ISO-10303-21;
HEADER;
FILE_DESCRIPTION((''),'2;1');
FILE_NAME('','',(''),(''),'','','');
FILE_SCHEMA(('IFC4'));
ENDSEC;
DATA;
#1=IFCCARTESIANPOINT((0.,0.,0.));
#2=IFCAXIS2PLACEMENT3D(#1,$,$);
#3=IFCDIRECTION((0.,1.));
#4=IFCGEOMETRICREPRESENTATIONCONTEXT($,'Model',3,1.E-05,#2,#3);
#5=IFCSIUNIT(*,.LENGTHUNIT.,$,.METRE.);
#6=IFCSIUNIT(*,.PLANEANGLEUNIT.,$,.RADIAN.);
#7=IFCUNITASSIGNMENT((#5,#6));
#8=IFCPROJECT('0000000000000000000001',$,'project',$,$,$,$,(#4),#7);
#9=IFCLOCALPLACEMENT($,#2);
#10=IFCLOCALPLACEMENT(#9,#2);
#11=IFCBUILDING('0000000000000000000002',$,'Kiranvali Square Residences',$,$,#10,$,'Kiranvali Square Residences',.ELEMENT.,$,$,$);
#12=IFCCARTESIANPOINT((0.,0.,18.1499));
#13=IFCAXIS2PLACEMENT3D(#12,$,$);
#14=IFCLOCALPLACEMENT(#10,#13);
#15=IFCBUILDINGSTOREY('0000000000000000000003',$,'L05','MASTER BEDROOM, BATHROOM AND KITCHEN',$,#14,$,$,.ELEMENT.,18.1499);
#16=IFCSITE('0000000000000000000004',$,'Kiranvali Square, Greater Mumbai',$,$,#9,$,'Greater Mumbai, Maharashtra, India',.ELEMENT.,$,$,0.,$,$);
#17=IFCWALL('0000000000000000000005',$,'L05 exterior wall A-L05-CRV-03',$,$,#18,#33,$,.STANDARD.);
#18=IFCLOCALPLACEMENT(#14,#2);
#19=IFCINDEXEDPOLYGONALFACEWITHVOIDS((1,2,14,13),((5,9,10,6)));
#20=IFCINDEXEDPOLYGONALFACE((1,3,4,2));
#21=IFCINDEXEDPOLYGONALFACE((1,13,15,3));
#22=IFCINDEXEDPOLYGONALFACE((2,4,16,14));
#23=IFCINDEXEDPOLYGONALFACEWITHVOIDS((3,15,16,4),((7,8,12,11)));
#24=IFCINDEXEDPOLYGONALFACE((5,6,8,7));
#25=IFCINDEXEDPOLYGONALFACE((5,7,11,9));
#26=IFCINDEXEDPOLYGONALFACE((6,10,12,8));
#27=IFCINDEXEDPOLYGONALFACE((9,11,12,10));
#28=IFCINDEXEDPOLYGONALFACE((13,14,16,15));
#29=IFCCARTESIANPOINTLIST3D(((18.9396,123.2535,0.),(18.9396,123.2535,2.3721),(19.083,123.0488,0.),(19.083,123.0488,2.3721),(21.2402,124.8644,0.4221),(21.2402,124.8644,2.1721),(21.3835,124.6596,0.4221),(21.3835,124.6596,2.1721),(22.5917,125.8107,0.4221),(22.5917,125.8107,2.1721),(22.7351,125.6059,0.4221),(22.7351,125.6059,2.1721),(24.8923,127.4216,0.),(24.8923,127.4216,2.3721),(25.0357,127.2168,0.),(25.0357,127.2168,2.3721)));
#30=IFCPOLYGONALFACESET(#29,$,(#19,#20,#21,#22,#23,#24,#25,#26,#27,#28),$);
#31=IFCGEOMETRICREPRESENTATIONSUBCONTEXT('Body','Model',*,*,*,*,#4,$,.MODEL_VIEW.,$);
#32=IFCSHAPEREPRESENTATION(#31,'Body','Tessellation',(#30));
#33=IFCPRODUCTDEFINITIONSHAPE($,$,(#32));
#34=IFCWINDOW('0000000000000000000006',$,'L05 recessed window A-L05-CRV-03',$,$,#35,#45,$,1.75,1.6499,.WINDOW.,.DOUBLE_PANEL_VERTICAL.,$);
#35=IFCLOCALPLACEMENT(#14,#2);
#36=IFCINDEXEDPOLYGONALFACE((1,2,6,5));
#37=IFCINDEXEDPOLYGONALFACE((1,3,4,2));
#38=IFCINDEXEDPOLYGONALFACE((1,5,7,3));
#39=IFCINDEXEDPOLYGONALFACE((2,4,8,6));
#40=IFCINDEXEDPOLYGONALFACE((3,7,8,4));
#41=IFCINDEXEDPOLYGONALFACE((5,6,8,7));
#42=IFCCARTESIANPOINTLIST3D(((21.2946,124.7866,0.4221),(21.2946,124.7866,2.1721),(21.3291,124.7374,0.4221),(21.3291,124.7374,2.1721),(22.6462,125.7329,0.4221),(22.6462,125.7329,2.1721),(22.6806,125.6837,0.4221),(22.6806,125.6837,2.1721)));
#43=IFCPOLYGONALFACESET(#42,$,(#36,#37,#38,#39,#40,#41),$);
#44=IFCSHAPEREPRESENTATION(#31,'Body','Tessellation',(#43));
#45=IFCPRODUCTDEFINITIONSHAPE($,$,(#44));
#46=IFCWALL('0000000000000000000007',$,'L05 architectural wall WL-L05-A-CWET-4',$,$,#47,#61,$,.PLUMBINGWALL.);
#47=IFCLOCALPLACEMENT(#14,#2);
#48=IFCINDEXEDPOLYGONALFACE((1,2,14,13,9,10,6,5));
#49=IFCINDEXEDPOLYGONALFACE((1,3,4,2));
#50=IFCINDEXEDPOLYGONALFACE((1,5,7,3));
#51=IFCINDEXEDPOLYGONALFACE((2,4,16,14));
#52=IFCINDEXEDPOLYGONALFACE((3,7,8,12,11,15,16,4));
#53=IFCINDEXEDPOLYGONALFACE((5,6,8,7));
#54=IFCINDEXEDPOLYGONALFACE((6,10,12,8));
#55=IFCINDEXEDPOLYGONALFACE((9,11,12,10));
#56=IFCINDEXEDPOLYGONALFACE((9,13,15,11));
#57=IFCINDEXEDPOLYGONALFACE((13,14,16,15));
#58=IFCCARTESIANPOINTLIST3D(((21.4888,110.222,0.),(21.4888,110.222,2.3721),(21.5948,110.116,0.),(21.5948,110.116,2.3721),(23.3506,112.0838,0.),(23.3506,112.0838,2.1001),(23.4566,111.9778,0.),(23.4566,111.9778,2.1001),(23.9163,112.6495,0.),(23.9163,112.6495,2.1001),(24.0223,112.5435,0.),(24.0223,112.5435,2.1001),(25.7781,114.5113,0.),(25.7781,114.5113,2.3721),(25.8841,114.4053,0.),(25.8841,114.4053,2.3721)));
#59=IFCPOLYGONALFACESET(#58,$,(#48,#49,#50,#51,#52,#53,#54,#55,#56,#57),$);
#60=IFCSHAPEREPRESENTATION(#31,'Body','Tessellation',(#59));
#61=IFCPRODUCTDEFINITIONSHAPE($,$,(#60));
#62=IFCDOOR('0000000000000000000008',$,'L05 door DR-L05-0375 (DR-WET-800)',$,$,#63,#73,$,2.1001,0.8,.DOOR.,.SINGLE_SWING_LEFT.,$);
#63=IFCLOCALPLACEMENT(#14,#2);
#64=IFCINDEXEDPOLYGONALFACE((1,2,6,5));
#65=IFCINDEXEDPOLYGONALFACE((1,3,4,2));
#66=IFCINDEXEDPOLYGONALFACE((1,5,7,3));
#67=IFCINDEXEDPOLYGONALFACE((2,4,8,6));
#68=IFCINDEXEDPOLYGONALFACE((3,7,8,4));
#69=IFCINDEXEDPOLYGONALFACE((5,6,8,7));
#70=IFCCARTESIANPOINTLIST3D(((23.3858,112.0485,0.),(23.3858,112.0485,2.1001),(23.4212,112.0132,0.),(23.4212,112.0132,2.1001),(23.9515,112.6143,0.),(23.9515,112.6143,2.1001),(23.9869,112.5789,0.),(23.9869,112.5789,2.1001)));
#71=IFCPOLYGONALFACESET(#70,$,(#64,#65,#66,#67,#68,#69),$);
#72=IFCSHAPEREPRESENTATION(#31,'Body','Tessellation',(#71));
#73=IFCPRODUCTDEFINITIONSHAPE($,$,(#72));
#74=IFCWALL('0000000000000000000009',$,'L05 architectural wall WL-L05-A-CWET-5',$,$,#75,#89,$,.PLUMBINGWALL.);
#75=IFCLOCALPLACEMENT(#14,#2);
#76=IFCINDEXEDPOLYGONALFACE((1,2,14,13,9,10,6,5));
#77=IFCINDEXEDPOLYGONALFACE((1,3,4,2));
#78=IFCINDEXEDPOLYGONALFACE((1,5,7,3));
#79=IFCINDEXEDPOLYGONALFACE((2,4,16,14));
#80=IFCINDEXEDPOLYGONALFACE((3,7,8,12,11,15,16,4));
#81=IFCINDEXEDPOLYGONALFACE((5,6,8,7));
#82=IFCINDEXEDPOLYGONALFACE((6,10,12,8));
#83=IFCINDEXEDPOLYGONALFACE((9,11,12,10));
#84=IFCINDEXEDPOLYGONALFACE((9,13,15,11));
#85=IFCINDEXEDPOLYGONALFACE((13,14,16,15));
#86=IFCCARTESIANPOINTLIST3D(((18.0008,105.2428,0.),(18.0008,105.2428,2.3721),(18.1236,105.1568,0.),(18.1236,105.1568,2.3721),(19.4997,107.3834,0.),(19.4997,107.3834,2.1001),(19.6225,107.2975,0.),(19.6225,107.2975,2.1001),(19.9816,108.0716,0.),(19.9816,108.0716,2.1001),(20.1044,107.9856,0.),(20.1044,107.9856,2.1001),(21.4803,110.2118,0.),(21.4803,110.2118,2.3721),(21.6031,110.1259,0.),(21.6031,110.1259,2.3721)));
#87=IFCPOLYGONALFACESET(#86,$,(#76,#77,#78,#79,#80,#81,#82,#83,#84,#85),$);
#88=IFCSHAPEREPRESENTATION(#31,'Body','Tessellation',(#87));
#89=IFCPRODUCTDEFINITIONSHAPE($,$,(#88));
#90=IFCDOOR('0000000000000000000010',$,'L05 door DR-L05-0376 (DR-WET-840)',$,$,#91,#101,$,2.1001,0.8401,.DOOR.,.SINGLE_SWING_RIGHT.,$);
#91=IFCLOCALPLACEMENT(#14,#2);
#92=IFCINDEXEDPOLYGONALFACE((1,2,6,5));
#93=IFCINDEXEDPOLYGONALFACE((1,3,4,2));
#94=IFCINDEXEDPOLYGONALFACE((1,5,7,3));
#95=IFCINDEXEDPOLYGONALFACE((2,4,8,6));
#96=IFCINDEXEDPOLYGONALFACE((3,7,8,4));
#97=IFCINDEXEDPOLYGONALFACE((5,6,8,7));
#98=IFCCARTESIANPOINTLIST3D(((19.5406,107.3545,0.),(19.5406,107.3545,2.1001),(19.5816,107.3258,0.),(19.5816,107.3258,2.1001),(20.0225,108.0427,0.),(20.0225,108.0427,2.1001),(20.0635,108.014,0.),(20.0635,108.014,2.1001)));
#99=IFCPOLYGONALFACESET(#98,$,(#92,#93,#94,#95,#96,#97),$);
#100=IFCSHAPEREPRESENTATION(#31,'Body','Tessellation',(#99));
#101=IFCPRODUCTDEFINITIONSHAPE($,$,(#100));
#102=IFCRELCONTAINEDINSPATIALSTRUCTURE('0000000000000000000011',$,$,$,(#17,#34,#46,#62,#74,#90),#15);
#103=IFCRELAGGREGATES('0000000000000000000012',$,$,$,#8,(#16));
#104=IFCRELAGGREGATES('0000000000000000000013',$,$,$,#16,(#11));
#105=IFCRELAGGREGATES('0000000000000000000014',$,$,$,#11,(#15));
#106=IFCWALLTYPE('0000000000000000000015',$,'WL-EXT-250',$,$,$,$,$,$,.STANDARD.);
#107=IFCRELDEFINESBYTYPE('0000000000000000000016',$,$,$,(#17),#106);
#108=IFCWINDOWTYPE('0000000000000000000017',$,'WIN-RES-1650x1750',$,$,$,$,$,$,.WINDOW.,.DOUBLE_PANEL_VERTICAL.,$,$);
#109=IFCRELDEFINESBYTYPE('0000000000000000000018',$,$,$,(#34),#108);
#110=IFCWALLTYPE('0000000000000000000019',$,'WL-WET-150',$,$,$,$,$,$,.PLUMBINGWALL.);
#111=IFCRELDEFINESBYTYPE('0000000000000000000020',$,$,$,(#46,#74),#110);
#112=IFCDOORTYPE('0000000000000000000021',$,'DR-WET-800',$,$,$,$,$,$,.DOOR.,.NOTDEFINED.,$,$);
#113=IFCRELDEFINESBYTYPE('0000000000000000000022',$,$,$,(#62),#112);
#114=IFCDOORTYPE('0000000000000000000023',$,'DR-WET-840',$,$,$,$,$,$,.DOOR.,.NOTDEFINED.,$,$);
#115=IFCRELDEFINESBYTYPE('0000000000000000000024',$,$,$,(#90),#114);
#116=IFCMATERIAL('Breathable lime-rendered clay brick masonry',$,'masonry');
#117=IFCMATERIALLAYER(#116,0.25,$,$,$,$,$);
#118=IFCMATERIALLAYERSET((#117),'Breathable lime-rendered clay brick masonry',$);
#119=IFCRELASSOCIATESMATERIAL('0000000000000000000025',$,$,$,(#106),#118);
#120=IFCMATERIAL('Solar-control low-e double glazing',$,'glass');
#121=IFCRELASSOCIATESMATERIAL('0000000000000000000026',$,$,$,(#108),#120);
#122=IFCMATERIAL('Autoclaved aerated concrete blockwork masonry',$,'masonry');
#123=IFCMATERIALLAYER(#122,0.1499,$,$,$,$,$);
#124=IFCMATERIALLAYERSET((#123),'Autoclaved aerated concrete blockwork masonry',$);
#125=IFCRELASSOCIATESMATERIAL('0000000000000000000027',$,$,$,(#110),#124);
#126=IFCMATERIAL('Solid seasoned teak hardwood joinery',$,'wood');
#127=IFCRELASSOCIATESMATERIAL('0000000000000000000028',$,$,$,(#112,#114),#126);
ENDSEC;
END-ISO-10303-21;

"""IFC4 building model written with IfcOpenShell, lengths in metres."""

from ifc_helpers import new_model, si_unit, direction, frame, frame_2d, origin, place, context, subcontext, project, spatial, rectangle, extrude, material, layer, layer_set, type_object, element, fill, save


model = new_model("IFC4")

# Units and contexts
model_context = context("Model", 3, precision=1e-05, world=origin(), true_north=direction((0.0, 1.0)))
body_context = subcontext(model_context, "Body", "Model", "MODEL_VIEW")
ifc_project = project(units=[si_unit("LENGTHUNIT", "METRE"), si_unit("PLANEANGLEUNIT", "RADIAN")], contexts=[model_context])

# Site, building, storey
site_placement = place(None, origin())
site = spatial("IfcSite", under=ifc_project, at=site_placement, Name="Kiranvali Square, Greater Mumbai", LongName="Greater Mumbai, Maharashtra, India", CompositionType="ELEMENT", RefElevation=0.0)
building_placement = place(site_placement, origin())
building = spatial("IfcBuilding", under=site, at=building_placement, Name="Kiranvali Square Residences", LongName="Kiranvali Square Residences", CompositionType="ELEMENT")
storey_placement = place(building_placement, frame((0.0, 0.0, 18.1499)))
storey = spatial("IfcBuildingStorey", under=building, at=storey_placement, Name="L05", Description="MASTER BEDROOM, BATHROOM AND KITCHEN", CompositionType="ELEMENT", Elevation=18.1499)

# Wall, opening, window
ifc_material_1 = material(Name="Breathable lime-rendered clay brick masonry", Category="masonry")
ifc_layer_1 = layer(ifc_material_1, 0.25)
ifc_layer_set_1 = layer_set([ifc_layer_1], Name="Breathable lime-rendered clay brick masonry")
wall_type_1 = type_object("IfcWallType", Name="WL-EXT-250", PredefinedType="STANDARD", material=ifc_layer_set_1)
wall_1_placement = place(storey_placement, frame((24.9639, 127.3191, 0.0), z_axis=(0.0, 0.0, 1.0), x_axis=(-0.819159, -0.573566, 0.0)))
wall_1 = element("IfcWall", 1, at=wall_1_placement, inside=storey, type_object=wall_type_1, Name="L05 exterior wall A-L05-CRV-03", PredefinedType="STANDARD", context=body_context, shape_type="SweptSolid", body=[
    extrude(rectangle(XDim=7.2668, YDim=0.25, at=frame_2d((3.6333, 0.0))), origin(), (0.0, 0.0, 1.0), 2.3721),
])
opening_1_placement = place(wall_1_placement, frame((2.8083, 0.0, 0.4221)))
opening_1 = element("IfcOpeningElement", 2, at=opening_1_placement, cuts=wall_1, PredefinedType="OPENING", context=body_context, shape_type="SweptSolid", body=[
    extrude(rectangle(XDim=1.6499, YDim=1.75, at=frame_2d((0.825, 0.875))), frame((0.0, 0.135, 0.0), z_axis=(0.0, -1.0, 0.0), x_axis=(1.0, 0.0, 0.0)), (0.0, 0.0, 1.0), 0.27),
])
ifc_material_2 = material(Name="Solar-control low-e double glazing", Category="glass")
window_type = type_object("IfcWindowType", Name="WIN-RES-1650x1750", PartitioningType="DOUBLE_PANEL_VERTICAL", PredefinedType="WINDOW", material=ifc_material_2)
window_placement = place(opening_1_placement, origin())
window = element("IfcWindow", 3, at=window_placement, inside=storey, type_object=window_type, Name="L05 recessed window A-L05-CRV-03", OverallHeight=1.75, OverallWidth=1.6499, PartitioningType="DOUBLE_PANEL_VERTICAL", PredefinedType="WINDOW", context=body_context, shape_type="SweptSolid", body=[
    extrude(rectangle(XDim=1.6499, YDim=1.75, at=frame_2d((0.825, 0.875))), frame((0.0, 0.03, 0.0), z_axis=(0.0, -1.0, 0.0), x_axis=(1.0, 0.0, 0.0)), (0.0, 0.0, 1.0), 0.0601),
])
fill(opening_1, window)

# Walls, openings, doors
ifc_material_3 = material(Name="Autoclaved aerated concrete blockwork masonry", Category="masonry")
ifc_layer_2 = layer(ifc_material_3, 0.1499)
ifc_layer_set_2 = layer_set([ifc_layer_2], Name="Autoclaved aerated concrete blockwork masonry")
wall_type_2 = type_object("IfcWallType", Name="WL-WET-150", PredefinedType="PLUMBINGWALL", material=ifc_layer_set_2)
wall_2_placement = place(storey_placement, frame((25.8311, 114.4583, 0.0), z_axis=(0.0, 0.0, 1.0), x_axis=(-0.707107, -0.707107, 0.0)))
wall_2 = element("IfcWall", 4, at=wall_2_placement, inside=storey, type_object=wall_type_2, Name="L05 architectural wall WL-L05-A-CWET-4", PredefinedType="PLUMBINGWALL", context=body_context, shape_type="SweptSolid", body=[
    extrude(rectangle(XDim=6.0659, YDim=0.1499, at=frame_2d((3.033, 0.0))), origin(), (0.0, 0.0, 1.0), 2.3721),
])
opening_2_placement = place(wall_2_placement, frame((2.6331, 0.0, 0.0)))
opening_2 = element("IfcOpeningElement", 5, at=opening_2_placement, cuts=wall_2, PredefinedType="OPENING", context=body_context, shape_type="SweptSolid", body=[
    extrude(rectangle(XDim=0.8, YDim=2.1001, at=frame_2d((0.3999, 1.05))), frame((0.0, 0.085, 0.0), z_axis=(0.0, -1.0, 0.0), x_axis=(1.0, 0.0, 0.0)), (0.0, 0.0, 1.0), 0.1699),
])
ifc_material_4 = material(Name="Solid seasoned teak hardwood joinery", Category="wood")
door_type_1 = type_object("IfcDoorType", Name="DR-WET-800", OperationType="NOTDEFINED", PredefinedType="DOOR", material=ifc_material_4)
door_1_placement = place(opening_2_placement, origin())
door_1 = element("IfcDoor", 6, at=door_1_placement, inside=storey, type_object=door_type_1, Name="L05 door DR-L05-0375 (DR-WET-800)", OperationType="SINGLE_SWING_LEFT", OverallHeight=2.1001, OverallWidth=0.8, PredefinedType="DOOR", context=body_context, shape_type="SweptSolid", body=[
    extrude(rectangle(XDim=0.8, YDim=2.1001, at=frame_2d((0.3999, 1.05))), frame((0.0, 0.0249, 0.0), z_axis=(0.0, -1.0, 0.0), x_axis=(1.0, 0.0, 0.0)), (0.0, 0.0, 1.0), 0.05),
])
fill(opening_2, door_1)
wall_3_placement = place(storey_placement, frame((21.5417, 110.1689, 0.0), z_axis=(0.0, 0.0, 1.0), x_axis=(-0.573595, -0.819139, 0.0)))
wall_3 = element("IfcWall", 7, at=wall_3_placement, inside=storey, type_object=wall_type_2, Name="L05 architectural wall WL-L05-A-CWET-5", PredefinedType="PLUMBINGWALL", context=body_context, shape_type="SweptSolid", body=[
    extrude(rectangle(XDim=6.0662, YDim=0.1499, at=frame_2d((3.0332, 0.0))), origin(), (0.0, 0.0, 1.0), 2.3721),
])
opening_3_placement = place(wall_3_placement, frame((2.613, 0.0, 0.0)))
opening_3 = element("IfcOpeningElement", 8, at=opening_3_placement, cuts=wall_3, PredefinedType="OPENING", context=body_context, shape_type="SweptSolid", body=[
    extrude(rectangle(XDim=0.8401, YDim=2.1001, at=frame_2d((0.4199, 1.05))), frame((0.0, 0.085, 0.0), z_axis=(0.0, -1.0, 0.0), x_axis=(1.0, 0.0, 0.0)), (0.0, 0.0, 1.0), 0.1699),
])
door_type_2 = type_object("IfcDoorType", Name="DR-WET-840", OperationType="NOTDEFINED", PredefinedType="DOOR", material=ifc_material_4)
door_2_placement = place(opening_3_placement, frame((0.8401, 0.0, 0.0), z_axis=(0.0, 0.0, 1.0), x_axis=(-1.0, 0.0, 0.0)))
door_2 = element("IfcDoor", 9, at=door_2_placement, inside=storey, type_object=door_type_2, Name="L05 door DR-L05-0376 (DR-WET-840)", OperationType="SINGLE_SWING_RIGHT", OverallHeight=2.1001, OverallWidth=0.8401, PredefinedType="DOOR", context=body_context, shape_type="SweptSolid", body=[
    extrude(rectangle(XDim=0.8401, YDim=2.1001, at=frame_2d((0.4199, 1.05))), frame((0.0, 0.0249, 0.0), z_axis=(0.0, -1.0, 0.0), x_axis=(1.0, 0.0, 0.0)), (0.0, 0.0, 1.0), 0.05),
])
fill(opening_3, door_2)

save(model, "model.ifc")
